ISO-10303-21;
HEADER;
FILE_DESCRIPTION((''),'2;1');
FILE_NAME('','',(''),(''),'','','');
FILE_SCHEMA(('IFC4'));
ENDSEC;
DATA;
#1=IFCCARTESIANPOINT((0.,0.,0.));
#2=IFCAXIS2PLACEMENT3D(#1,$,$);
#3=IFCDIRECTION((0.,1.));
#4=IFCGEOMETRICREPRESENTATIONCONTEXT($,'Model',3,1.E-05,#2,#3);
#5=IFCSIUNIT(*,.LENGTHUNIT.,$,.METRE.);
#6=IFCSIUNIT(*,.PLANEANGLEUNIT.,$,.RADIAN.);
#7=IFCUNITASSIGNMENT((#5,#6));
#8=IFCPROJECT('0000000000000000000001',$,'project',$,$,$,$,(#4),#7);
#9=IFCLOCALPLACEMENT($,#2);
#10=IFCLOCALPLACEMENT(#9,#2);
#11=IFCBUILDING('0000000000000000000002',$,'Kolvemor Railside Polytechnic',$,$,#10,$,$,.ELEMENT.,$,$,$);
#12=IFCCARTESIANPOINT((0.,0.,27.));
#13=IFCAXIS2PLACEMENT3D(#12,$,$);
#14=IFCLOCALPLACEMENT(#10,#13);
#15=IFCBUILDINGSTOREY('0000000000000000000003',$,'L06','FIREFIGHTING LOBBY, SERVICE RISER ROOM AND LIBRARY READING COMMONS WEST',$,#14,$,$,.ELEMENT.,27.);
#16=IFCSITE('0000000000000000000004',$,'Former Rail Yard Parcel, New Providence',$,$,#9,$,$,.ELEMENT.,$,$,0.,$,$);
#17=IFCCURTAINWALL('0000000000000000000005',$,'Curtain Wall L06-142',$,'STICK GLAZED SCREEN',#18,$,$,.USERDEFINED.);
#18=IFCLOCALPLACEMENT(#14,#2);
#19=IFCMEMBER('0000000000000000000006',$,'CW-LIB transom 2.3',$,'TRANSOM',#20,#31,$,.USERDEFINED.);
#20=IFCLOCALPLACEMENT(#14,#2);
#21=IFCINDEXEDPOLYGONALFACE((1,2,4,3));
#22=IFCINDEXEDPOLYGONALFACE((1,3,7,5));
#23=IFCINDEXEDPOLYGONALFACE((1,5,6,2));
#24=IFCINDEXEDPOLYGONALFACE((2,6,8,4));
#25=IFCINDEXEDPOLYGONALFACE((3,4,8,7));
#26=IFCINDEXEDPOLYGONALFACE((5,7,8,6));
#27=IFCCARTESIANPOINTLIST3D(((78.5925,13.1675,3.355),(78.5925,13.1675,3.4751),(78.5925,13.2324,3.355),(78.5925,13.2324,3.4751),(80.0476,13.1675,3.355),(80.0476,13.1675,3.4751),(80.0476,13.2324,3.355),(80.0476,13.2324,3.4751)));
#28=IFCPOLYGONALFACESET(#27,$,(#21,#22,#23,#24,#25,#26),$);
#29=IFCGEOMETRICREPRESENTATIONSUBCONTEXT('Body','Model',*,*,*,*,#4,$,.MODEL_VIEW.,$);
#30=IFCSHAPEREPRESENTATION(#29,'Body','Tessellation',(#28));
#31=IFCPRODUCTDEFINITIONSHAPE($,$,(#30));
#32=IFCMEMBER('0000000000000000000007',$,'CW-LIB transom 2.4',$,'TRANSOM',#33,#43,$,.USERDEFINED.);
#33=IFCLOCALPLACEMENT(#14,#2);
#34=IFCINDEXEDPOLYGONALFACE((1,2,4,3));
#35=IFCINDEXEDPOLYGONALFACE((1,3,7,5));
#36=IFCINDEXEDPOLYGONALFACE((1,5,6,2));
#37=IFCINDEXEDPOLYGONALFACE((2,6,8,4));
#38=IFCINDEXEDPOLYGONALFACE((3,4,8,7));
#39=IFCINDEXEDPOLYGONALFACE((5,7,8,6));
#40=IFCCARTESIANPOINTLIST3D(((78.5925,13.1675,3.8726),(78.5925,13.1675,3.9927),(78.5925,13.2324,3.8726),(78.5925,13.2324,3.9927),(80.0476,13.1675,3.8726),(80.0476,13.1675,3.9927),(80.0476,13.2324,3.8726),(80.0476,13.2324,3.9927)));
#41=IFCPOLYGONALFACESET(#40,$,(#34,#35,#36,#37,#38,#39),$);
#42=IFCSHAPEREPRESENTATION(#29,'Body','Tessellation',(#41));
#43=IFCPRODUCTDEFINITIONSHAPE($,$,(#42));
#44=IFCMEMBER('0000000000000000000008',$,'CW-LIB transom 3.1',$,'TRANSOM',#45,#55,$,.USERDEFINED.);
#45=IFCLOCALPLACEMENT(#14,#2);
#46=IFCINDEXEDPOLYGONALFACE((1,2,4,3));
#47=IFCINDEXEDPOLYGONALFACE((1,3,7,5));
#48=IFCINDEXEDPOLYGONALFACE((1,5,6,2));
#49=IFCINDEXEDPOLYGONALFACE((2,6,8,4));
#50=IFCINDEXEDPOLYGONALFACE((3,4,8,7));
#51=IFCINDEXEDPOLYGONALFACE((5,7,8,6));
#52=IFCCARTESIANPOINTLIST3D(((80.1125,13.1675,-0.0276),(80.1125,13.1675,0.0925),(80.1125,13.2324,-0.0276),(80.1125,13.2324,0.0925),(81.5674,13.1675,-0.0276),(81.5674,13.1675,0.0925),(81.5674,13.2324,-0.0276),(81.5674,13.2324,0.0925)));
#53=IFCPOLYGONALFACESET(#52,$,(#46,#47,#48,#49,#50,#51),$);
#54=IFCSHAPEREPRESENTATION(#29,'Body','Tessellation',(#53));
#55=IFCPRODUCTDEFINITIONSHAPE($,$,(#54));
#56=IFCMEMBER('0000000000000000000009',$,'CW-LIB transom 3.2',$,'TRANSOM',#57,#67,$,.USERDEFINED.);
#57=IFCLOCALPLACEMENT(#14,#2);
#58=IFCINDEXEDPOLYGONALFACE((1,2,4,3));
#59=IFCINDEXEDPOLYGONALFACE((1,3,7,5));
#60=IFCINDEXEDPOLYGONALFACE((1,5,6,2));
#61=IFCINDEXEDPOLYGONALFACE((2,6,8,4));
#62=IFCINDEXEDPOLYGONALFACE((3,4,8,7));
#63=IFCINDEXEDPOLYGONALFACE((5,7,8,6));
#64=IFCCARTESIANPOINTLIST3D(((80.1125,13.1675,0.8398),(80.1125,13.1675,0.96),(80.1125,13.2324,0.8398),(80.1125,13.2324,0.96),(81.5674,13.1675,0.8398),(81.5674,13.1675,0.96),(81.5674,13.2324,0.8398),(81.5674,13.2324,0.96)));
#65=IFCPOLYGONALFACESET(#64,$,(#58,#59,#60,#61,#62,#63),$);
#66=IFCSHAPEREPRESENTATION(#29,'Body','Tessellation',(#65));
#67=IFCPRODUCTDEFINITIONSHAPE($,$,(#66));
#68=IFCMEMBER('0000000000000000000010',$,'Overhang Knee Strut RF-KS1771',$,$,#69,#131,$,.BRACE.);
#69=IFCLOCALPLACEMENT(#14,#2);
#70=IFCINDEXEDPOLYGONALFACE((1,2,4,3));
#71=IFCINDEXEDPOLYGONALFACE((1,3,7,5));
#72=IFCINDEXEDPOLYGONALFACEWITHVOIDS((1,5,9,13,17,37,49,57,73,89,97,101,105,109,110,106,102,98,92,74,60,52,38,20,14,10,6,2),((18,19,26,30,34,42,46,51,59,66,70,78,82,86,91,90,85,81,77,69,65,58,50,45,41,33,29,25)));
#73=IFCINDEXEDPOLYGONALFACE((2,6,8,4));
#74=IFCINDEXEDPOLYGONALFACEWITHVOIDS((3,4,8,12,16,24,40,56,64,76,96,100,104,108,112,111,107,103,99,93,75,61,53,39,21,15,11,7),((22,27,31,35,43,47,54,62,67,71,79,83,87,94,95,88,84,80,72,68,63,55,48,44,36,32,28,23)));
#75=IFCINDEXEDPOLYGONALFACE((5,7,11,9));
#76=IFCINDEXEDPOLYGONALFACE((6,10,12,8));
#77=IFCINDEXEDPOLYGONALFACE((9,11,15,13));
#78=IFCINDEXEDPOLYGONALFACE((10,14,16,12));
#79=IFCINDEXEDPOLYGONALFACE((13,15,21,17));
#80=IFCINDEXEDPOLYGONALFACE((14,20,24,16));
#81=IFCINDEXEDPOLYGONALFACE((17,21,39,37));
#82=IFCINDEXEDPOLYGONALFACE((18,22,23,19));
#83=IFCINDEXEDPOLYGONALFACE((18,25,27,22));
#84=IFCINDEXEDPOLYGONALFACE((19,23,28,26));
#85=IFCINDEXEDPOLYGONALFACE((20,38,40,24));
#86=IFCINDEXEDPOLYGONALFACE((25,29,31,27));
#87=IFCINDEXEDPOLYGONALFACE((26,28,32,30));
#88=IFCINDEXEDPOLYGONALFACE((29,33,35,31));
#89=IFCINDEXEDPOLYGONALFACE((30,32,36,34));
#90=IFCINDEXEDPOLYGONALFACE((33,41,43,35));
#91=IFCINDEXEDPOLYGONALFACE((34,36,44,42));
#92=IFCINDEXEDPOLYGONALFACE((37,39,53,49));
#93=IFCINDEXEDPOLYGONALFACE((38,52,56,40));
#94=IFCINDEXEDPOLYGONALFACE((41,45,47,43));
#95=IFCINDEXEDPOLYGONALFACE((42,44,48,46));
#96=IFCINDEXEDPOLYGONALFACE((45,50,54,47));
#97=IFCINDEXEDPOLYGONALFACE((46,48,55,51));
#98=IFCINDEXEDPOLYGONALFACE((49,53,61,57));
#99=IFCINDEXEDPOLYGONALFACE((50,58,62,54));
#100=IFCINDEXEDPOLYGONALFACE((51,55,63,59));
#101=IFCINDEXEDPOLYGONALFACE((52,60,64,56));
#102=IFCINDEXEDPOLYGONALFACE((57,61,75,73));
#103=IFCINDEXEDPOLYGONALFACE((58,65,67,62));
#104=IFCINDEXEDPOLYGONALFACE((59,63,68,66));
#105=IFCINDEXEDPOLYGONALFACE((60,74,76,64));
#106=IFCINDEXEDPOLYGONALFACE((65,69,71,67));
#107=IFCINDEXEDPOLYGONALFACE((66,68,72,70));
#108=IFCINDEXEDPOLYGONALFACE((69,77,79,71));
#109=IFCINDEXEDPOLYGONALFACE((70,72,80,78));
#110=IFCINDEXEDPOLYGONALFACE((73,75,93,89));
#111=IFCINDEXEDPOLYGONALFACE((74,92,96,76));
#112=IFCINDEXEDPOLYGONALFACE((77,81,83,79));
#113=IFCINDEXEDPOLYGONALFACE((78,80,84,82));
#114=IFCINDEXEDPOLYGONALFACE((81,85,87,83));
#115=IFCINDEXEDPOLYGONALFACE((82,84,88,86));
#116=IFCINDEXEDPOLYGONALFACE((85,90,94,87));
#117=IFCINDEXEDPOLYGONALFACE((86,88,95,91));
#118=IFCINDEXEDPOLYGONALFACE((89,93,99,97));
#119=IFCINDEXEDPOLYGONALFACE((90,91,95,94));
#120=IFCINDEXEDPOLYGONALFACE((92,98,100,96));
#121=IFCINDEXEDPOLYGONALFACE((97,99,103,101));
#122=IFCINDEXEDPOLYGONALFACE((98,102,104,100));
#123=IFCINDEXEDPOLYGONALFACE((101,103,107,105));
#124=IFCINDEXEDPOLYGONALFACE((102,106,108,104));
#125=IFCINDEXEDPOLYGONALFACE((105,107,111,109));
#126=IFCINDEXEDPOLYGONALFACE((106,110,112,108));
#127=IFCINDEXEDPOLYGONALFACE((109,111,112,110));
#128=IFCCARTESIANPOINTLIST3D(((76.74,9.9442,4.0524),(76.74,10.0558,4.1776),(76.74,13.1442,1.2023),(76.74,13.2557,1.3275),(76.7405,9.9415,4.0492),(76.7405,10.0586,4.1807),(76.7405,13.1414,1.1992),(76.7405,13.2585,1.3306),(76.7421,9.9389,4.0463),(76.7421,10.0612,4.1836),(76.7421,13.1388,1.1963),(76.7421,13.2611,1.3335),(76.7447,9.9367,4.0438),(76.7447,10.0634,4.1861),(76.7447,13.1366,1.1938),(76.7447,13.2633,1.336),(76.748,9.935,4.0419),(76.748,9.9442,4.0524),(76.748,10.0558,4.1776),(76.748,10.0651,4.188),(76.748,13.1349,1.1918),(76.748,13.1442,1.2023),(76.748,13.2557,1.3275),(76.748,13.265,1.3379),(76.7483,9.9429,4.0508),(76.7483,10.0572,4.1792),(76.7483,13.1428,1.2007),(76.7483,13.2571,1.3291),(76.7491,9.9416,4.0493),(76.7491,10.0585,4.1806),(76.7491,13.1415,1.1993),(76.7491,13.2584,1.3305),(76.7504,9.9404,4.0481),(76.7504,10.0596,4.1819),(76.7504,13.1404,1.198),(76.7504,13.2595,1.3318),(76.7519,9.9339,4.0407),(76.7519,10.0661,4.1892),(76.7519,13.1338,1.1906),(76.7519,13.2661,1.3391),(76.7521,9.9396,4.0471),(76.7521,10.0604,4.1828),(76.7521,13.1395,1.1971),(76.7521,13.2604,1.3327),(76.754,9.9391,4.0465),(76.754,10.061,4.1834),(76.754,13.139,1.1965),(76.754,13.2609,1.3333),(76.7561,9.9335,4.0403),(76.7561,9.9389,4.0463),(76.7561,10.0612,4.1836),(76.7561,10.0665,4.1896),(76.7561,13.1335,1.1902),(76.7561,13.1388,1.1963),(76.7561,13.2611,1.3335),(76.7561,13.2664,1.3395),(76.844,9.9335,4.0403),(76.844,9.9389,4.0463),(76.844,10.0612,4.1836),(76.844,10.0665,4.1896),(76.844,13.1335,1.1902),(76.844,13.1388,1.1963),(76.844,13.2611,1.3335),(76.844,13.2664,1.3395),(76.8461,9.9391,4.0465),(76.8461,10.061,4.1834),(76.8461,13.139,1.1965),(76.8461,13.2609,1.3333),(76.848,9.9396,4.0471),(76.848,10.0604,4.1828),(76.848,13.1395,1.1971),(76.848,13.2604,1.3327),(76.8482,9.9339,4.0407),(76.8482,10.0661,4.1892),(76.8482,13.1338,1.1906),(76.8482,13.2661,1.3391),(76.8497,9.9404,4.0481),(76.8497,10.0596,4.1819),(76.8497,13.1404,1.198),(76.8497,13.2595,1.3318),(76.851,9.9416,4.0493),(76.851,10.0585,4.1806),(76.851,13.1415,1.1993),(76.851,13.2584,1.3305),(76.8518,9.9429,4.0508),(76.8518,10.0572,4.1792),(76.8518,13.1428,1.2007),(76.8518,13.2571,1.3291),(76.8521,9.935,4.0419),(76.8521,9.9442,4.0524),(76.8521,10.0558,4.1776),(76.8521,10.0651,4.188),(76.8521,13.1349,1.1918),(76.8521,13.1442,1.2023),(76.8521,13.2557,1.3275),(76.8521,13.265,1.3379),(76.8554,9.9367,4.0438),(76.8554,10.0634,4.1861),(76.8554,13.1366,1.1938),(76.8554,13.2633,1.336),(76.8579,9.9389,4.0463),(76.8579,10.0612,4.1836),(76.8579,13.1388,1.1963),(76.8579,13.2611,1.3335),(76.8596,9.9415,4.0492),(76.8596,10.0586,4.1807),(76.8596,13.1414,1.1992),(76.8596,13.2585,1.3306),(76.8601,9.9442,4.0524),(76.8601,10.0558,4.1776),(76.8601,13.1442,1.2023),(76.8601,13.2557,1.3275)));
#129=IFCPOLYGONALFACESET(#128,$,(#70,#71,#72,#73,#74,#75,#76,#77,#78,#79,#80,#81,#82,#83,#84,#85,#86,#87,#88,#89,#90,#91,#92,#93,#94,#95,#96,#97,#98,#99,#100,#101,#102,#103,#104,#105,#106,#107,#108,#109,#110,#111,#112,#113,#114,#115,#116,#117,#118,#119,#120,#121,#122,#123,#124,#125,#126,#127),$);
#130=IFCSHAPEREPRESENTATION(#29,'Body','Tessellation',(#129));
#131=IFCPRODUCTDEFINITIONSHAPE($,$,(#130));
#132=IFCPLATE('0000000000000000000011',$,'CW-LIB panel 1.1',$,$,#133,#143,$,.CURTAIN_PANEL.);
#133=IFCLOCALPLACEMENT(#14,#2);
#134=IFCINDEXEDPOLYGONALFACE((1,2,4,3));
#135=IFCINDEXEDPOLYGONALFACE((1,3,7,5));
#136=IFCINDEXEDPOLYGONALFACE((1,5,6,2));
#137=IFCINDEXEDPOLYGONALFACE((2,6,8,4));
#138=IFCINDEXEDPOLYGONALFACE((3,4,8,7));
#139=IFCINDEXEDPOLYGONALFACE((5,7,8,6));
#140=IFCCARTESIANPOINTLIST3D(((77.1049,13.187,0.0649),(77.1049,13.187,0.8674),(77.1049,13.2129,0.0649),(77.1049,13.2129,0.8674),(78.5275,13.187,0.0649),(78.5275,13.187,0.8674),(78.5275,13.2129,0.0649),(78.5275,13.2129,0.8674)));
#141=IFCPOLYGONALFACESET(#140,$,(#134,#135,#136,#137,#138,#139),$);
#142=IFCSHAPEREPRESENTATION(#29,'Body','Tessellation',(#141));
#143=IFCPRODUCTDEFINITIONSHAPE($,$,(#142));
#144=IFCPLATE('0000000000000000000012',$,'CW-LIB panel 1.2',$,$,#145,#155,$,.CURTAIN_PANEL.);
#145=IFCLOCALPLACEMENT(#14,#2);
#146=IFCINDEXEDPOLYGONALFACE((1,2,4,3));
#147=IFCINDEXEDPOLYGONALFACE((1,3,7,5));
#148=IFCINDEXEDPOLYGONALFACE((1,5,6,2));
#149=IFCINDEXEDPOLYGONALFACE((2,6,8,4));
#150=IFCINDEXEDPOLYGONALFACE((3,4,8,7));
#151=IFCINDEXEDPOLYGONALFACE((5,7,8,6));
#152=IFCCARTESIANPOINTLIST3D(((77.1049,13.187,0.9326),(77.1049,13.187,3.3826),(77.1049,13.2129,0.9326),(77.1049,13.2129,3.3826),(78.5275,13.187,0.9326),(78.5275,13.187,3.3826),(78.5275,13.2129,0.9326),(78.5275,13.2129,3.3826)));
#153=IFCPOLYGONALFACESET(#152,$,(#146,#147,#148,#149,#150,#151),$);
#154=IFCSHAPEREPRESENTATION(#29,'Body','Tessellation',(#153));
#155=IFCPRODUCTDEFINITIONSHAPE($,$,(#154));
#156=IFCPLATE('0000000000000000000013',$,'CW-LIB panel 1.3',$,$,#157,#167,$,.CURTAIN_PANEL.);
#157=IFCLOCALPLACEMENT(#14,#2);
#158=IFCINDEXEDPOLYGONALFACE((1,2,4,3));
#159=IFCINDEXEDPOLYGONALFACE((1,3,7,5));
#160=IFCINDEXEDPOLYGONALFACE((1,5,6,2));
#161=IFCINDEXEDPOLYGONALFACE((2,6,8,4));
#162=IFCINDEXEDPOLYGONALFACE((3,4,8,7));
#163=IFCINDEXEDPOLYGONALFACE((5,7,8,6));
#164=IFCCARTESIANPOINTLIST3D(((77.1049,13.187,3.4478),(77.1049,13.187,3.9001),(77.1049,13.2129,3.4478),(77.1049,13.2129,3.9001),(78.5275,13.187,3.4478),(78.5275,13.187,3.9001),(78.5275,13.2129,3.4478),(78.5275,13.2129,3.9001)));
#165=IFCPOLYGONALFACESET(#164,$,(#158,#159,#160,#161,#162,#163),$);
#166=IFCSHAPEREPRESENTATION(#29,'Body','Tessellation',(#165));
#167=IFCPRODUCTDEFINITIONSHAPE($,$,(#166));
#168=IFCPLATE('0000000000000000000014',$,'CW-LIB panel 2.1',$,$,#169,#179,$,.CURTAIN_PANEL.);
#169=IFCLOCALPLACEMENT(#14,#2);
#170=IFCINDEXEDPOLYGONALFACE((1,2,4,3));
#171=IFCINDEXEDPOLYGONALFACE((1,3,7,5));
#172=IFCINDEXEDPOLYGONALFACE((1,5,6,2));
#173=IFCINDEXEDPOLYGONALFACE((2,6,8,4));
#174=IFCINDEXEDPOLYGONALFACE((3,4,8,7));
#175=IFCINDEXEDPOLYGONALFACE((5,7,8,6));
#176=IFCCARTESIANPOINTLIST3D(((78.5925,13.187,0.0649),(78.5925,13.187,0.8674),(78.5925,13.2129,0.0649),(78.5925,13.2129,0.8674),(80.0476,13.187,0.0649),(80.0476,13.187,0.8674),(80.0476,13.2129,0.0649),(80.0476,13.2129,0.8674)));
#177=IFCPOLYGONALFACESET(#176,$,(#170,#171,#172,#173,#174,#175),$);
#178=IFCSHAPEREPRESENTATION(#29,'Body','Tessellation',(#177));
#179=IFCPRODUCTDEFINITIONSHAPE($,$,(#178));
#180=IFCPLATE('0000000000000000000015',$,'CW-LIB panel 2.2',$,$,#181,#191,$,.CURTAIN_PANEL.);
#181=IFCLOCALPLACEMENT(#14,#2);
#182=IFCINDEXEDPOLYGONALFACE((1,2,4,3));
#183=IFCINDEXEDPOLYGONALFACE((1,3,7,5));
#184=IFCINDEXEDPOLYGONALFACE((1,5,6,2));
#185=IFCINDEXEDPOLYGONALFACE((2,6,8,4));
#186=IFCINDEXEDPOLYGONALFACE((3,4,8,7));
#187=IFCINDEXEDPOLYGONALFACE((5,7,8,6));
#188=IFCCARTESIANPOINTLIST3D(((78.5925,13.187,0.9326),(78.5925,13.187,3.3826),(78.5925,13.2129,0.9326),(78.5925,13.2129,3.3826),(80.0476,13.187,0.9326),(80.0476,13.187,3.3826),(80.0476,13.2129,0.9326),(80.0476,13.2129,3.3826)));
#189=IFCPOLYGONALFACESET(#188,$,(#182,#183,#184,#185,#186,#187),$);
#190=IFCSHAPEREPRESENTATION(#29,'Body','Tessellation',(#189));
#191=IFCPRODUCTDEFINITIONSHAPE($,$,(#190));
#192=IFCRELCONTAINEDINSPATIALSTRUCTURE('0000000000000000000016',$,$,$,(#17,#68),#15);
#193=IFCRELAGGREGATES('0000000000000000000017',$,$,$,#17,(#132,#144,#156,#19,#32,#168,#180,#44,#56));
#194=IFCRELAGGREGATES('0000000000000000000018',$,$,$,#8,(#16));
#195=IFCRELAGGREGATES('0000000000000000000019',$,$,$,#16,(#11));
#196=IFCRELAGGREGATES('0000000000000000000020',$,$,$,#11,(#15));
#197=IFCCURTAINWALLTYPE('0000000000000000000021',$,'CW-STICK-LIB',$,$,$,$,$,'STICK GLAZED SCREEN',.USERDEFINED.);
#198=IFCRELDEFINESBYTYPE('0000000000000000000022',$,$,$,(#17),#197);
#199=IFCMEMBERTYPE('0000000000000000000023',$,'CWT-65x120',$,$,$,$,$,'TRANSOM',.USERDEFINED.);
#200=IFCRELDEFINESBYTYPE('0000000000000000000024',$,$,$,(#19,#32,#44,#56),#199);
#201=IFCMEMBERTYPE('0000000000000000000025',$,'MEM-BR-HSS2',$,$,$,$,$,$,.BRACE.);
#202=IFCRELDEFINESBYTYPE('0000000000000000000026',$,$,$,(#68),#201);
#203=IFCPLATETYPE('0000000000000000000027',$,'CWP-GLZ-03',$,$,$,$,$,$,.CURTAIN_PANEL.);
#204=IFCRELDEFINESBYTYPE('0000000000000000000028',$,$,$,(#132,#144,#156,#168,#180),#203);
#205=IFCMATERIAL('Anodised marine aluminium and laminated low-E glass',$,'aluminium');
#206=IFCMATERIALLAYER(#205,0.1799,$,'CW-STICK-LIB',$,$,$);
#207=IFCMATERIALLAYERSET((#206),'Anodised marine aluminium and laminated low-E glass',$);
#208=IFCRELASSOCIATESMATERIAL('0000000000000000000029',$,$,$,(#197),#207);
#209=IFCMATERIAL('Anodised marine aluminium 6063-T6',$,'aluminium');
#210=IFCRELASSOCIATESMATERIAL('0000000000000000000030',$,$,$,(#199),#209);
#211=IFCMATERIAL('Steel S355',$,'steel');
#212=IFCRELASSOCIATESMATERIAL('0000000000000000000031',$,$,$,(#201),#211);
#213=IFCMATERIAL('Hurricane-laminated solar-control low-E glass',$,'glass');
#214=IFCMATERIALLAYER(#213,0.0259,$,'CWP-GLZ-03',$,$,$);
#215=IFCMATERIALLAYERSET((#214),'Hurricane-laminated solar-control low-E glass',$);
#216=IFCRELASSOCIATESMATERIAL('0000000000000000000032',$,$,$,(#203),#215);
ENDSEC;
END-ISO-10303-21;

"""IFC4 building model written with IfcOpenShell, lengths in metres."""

from ifc_helpers import new_model, si_unit, direction, frame, origin, origin_2d, place, context, subcontext, project, spatial, rectangle, hollow_rectangle, extrude, material, layer, layer_set, material_profile, profile_set, type_object, element, aggregate, save


model = new_model("IFC4")

# Units and contexts
model_context = context("Model", 3, precision=1e-05, world=origin(), true_north=direction((0.0, 1.0)))
body_context = subcontext(model_context, "Body", "Model", "MODEL_VIEW")
ifc_project = project(units=[si_unit("LENGTHUNIT", "METRE"), si_unit("PLANEANGLEUNIT", "RADIAN")], contexts=[model_context])

# Site, building, storey
site_placement = place(None, origin())
site = spatial("IfcSite", under=ifc_project, at=site_placement, Name="Former Rail Yard Parcel, New Providence", CompositionType="ELEMENT", RefElevation=0.0)
building_placement = place(site_placement, origin())
building = spatial("IfcBuilding", under=site, at=building_placement, Name="Kolvemor Railside Polytechnic", CompositionType="ELEMENT")
storey_placement = place(building_placement, frame((0.0, 0.0, 27.0)))
storey = spatial("IfcBuildingStorey", under=building, at=storey_placement, Name="L06", Description="FIREFIGHTING LOBBY, SERVICE RISER ROOM AND LIBRARY READING COMMONS WEST", CompositionType="ELEMENT", Elevation=27.0)

# Curtain wall, members
ifc_material_1 = material(Name="Anodised marine aluminium and laminated low-E glass", Category="aluminium")
ifc_layer_1 = layer(ifc_material_1, 0.1799, Name="CW-STICK-LIB")
ifc_layer_set_1 = layer_set([ifc_layer_1], Name="Anodised marine aluminium and laminated low-E glass")
curtain_wall_type = type_object("IfcCurtainWallType", Name="CW-STICK-LIB", ElementType="STICK GLAZED SCREEN", PredefinedType="USERDEFINED", material=ifc_layer_set_1)
curtain_wall_placement = place(storey_placement, origin())
curtain_wall = element("IfcCurtainWall", 1, at=curtain_wall_placement, inside=storey, type_object=curtain_wall_type, Name="Curtain Wall L06-142", ObjectType="STICK GLAZED SCREEN", PredefinedType="USERDEFINED")
ifc_material_2 = material(Name="Anodised marine aluminium 6063-T6", Category="aluminium")
ifc_material_profile_1 = material_profile(ifc_material_2, rectangle(XDim=0.0649, YDim=0.1201, at=origin_2d()), Name="CW-TRN-65x120")
ifc_profile_set_1 = profile_set([ifc_material_profile_1], Name="Anodised marine aluminium 6063-T6")
member_type_1 = type_object("IfcMemberType", Name="CWT-65x120", ElementType="TRANSOM", PredefinedType="USERDEFINED", material=ifc_profile_set_1)
member_1_placement = place(storey_placement, frame((78.5925, 13.2, 3.415), z_axis=(1.0, 0.0, 0.0), x_axis=(0.0, 1.0, 0.0)))
member_1 = element("IfcMember", 2, at=member_1_placement, type_object=member_type_1, Name="CW-LIB transom 2.3", ObjectType="TRANSOM", PredefinedType="USERDEFINED", context=body_context, shape_type="SweptSolid", body=[
    extrude(rectangle(XDim=0.0649, YDim=0.1201, at=origin_2d()), origin(), (0.0, 0.0, 1.0), 1.4551),
])
member_2_placement = place(storey_placement, frame((78.5925, 13.2, 3.9326), z_axis=(1.0, 0.0, 0.0), x_axis=(0.0, 1.0, 0.0)))
member_2 = element("IfcMember", 3, at=member_2_placement, type_object=member_type_1, Name="CW-LIB transom 2.4", ObjectType="TRANSOM", PredefinedType="USERDEFINED", context=body_context, shape_type="SweptSolid", body=[
    extrude(rectangle(XDim=0.0649, YDim=0.1201, at=origin_2d()), origin(), (0.0, 0.0, 1.0), 1.4551),
])
member_3_placement = place(storey_placement, frame((80.1125, 13.2, 0.0325), z_axis=(1.0, 0.0, 0.0), x_axis=(0.0, 1.0, 0.0)))
member_3 = element("IfcMember", 4, at=member_3_placement, type_object=member_type_1, Name="CW-LIB transom 3.1", ObjectType="TRANSOM", PredefinedType="USERDEFINED", context=body_context, shape_type="SweptSolid", body=[
    extrude(rectangle(XDim=0.0649, YDim=0.1201, at=origin_2d()), origin(), (0.0, 0.0, 1.0), 1.4548),
])
member_4_placement = place(storey_placement, frame((80.1125, 13.2, 0.8999), z_axis=(1.0, 0.0, 0.0), x_axis=(0.0, 1.0, 0.0)))
member_4 = element("IfcMember", 5, at=member_4_placement, type_object=member_type_1, Name="CW-LIB transom 3.2", ObjectType="TRANSOM", PredefinedType="USERDEFINED", context=body_context, shape_type="SweptSolid", body=[
    extrude(rectangle(XDim=0.0649, YDim=0.1201, at=origin_2d()), origin(), (0.0, 0.0, 1.0), 1.4548),
])

# Member
ifc_material_3 = material(Name="Steel S355", Category="steel")
ifc_material_profile_2 = material_profile(ifc_material_3, hollow_rectangle(XDim=0.1201, YDim=0.2, WallThickness=0.0081, InnerFilletRadius=0.0081, OuterFilletRadius=0.0161, at=origin_2d()), Name="HSS200x120x8")
ifc_profile_set_2 = profile_set([ifc_material_profile_2], Name="Steel S355")
member_type_2 = type_object("IfcMemberType", Name="MEM-BR-HSS2", PredefinedType="BRACE", material=ifc_profile_set_2)
member_5_placement = place(storey_placement, frame((76.8, 13.2, 1.2649), z_axis=(0.0, -0.746749, 0.665106), x_axis=(1.0, 0.0, 0.0)))
element("IfcMember", 6, at=member_5_placement, inside=storey, type_object=member_type_2, Name="Overhang Knee Strut RF-KS1771", PredefinedType="BRACE", context=body_context, shape_type="SweptSolid", body=[
    extrude(hollow_rectangle(XDim=0.1201, YDim=0.2, WallThickness=0.0081, InnerFilletRadius=0.0081, OuterFilletRadius=0.0161, at=origin_2d()), origin(), (0.0, 0.0, 1.0), 4.2852),
])

# Plates
ifc_material_4 = material(Name="Hurricane-laminated solar-control low-E glass", Category="glass")
ifc_layer_2 = layer(ifc_material_4, 0.0259, Name="CWP-GLZ-03")
ifc_layer_set_2 = layer_set([ifc_layer_2], Name="Hurricane-laminated solar-control low-E glass")
plate_type = type_object("IfcPlateType", Name="CWP-GLZ-03", PredefinedType="CURTAIN_PANEL", material=ifc_layer_set_2)
plate_1_placement = place(storey_placement, frame((77.8162, 13.2, 0.0649), z_axis=(0.0, 0.0, 1.0), x_axis=(1.0, 0.0, 0.0)))
plate_1 = element("IfcPlate", 7, at=plate_1_placement, type_object=plate_type, Name="CW-LIB panel 1.1", PredefinedType="CURTAIN_PANEL", context=body_context, shape_type="SweptSolid", body=[
    extrude(rectangle(XDim=1.4226, YDim=0.0259, at=origin_2d()), origin(), (0.0, 0.0, 1.0), 0.8025),
])
plate_2_placement = place(storey_placement, frame((77.8162, 13.2, 0.9326), z_axis=(0.0, 0.0, 1.0), x_axis=(1.0, 0.0, 0.0)))
plate_2 = element("IfcPlate", 8, at=plate_2_placement, type_object=plate_type, Name="CW-LIB panel 1.2", PredefinedType="CURTAIN_PANEL", context=body_context, shape_type="SweptSolid", body=[
    extrude(rectangle(XDim=1.4226, YDim=0.0259, at=origin_2d()), origin(), (0.0, 0.0, 1.0), 2.45),
])
plate_3_placement = place(storey_placement, frame((77.8162, 13.2, 3.4478), z_axis=(0.0, 0.0, 1.0), x_axis=(1.0, 0.0, 0.0)))
plate_3 = element("IfcPlate", 9, at=plate_3_placement, type_object=plate_type, Name="CW-LIB panel 1.3", PredefinedType="CURTAIN_PANEL", context=body_context, shape_type="SweptSolid", body=[
    extrude(rectangle(XDim=1.4226, YDim=0.0259, at=origin_2d()), origin(), (0.0, 0.0, 1.0), 0.4524),
])
plate_4_placement = place(storey_placement, frame((79.3201, 13.2, 0.0649), z_axis=(0.0, 0.0, 1.0), x_axis=(1.0, 0.0, 0.0)))
plate_4 = element("IfcPlate", 10, at=plate_4_placement, type_object=plate_type, Name="CW-LIB panel 2.1", PredefinedType="CURTAIN_PANEL", context=body_context, shape_type="SweptSolid", body=[
    extrude(rectangle(XDim=1.4551, YDim=0.0259, at=origin_2d()), origin(), (0.0, 0.0, 1.0), 0.8025),
])
plate_5_placement = place(storey_placement, frame((79.3201, 13.2, 0.9326), z_axis=(0.0, 0.0, 1.0), x_axis=(1.0, 0.0, 0.0)))
plate_5 = element("IfcPlate", 11, at=plate_5_placement, type_object=plate_type, Name="CW-LIB panel 2.2", PredefinedType="CURTAIN_PANEL", context=body_context, shape_type="SweptSolid", body=[
    extrude(rectangle(XDim=1.4551, YDim=0.0259, at=origin_2d()), origin(), (0.0, 0.0, 1.0), 2.45),
])
aggregate(curtain_wall, [plate_1, plate_2, plate_3, member_1, member_2, plate_4, plate_5, member_3, member_4])

save(model, "model.ifc")
